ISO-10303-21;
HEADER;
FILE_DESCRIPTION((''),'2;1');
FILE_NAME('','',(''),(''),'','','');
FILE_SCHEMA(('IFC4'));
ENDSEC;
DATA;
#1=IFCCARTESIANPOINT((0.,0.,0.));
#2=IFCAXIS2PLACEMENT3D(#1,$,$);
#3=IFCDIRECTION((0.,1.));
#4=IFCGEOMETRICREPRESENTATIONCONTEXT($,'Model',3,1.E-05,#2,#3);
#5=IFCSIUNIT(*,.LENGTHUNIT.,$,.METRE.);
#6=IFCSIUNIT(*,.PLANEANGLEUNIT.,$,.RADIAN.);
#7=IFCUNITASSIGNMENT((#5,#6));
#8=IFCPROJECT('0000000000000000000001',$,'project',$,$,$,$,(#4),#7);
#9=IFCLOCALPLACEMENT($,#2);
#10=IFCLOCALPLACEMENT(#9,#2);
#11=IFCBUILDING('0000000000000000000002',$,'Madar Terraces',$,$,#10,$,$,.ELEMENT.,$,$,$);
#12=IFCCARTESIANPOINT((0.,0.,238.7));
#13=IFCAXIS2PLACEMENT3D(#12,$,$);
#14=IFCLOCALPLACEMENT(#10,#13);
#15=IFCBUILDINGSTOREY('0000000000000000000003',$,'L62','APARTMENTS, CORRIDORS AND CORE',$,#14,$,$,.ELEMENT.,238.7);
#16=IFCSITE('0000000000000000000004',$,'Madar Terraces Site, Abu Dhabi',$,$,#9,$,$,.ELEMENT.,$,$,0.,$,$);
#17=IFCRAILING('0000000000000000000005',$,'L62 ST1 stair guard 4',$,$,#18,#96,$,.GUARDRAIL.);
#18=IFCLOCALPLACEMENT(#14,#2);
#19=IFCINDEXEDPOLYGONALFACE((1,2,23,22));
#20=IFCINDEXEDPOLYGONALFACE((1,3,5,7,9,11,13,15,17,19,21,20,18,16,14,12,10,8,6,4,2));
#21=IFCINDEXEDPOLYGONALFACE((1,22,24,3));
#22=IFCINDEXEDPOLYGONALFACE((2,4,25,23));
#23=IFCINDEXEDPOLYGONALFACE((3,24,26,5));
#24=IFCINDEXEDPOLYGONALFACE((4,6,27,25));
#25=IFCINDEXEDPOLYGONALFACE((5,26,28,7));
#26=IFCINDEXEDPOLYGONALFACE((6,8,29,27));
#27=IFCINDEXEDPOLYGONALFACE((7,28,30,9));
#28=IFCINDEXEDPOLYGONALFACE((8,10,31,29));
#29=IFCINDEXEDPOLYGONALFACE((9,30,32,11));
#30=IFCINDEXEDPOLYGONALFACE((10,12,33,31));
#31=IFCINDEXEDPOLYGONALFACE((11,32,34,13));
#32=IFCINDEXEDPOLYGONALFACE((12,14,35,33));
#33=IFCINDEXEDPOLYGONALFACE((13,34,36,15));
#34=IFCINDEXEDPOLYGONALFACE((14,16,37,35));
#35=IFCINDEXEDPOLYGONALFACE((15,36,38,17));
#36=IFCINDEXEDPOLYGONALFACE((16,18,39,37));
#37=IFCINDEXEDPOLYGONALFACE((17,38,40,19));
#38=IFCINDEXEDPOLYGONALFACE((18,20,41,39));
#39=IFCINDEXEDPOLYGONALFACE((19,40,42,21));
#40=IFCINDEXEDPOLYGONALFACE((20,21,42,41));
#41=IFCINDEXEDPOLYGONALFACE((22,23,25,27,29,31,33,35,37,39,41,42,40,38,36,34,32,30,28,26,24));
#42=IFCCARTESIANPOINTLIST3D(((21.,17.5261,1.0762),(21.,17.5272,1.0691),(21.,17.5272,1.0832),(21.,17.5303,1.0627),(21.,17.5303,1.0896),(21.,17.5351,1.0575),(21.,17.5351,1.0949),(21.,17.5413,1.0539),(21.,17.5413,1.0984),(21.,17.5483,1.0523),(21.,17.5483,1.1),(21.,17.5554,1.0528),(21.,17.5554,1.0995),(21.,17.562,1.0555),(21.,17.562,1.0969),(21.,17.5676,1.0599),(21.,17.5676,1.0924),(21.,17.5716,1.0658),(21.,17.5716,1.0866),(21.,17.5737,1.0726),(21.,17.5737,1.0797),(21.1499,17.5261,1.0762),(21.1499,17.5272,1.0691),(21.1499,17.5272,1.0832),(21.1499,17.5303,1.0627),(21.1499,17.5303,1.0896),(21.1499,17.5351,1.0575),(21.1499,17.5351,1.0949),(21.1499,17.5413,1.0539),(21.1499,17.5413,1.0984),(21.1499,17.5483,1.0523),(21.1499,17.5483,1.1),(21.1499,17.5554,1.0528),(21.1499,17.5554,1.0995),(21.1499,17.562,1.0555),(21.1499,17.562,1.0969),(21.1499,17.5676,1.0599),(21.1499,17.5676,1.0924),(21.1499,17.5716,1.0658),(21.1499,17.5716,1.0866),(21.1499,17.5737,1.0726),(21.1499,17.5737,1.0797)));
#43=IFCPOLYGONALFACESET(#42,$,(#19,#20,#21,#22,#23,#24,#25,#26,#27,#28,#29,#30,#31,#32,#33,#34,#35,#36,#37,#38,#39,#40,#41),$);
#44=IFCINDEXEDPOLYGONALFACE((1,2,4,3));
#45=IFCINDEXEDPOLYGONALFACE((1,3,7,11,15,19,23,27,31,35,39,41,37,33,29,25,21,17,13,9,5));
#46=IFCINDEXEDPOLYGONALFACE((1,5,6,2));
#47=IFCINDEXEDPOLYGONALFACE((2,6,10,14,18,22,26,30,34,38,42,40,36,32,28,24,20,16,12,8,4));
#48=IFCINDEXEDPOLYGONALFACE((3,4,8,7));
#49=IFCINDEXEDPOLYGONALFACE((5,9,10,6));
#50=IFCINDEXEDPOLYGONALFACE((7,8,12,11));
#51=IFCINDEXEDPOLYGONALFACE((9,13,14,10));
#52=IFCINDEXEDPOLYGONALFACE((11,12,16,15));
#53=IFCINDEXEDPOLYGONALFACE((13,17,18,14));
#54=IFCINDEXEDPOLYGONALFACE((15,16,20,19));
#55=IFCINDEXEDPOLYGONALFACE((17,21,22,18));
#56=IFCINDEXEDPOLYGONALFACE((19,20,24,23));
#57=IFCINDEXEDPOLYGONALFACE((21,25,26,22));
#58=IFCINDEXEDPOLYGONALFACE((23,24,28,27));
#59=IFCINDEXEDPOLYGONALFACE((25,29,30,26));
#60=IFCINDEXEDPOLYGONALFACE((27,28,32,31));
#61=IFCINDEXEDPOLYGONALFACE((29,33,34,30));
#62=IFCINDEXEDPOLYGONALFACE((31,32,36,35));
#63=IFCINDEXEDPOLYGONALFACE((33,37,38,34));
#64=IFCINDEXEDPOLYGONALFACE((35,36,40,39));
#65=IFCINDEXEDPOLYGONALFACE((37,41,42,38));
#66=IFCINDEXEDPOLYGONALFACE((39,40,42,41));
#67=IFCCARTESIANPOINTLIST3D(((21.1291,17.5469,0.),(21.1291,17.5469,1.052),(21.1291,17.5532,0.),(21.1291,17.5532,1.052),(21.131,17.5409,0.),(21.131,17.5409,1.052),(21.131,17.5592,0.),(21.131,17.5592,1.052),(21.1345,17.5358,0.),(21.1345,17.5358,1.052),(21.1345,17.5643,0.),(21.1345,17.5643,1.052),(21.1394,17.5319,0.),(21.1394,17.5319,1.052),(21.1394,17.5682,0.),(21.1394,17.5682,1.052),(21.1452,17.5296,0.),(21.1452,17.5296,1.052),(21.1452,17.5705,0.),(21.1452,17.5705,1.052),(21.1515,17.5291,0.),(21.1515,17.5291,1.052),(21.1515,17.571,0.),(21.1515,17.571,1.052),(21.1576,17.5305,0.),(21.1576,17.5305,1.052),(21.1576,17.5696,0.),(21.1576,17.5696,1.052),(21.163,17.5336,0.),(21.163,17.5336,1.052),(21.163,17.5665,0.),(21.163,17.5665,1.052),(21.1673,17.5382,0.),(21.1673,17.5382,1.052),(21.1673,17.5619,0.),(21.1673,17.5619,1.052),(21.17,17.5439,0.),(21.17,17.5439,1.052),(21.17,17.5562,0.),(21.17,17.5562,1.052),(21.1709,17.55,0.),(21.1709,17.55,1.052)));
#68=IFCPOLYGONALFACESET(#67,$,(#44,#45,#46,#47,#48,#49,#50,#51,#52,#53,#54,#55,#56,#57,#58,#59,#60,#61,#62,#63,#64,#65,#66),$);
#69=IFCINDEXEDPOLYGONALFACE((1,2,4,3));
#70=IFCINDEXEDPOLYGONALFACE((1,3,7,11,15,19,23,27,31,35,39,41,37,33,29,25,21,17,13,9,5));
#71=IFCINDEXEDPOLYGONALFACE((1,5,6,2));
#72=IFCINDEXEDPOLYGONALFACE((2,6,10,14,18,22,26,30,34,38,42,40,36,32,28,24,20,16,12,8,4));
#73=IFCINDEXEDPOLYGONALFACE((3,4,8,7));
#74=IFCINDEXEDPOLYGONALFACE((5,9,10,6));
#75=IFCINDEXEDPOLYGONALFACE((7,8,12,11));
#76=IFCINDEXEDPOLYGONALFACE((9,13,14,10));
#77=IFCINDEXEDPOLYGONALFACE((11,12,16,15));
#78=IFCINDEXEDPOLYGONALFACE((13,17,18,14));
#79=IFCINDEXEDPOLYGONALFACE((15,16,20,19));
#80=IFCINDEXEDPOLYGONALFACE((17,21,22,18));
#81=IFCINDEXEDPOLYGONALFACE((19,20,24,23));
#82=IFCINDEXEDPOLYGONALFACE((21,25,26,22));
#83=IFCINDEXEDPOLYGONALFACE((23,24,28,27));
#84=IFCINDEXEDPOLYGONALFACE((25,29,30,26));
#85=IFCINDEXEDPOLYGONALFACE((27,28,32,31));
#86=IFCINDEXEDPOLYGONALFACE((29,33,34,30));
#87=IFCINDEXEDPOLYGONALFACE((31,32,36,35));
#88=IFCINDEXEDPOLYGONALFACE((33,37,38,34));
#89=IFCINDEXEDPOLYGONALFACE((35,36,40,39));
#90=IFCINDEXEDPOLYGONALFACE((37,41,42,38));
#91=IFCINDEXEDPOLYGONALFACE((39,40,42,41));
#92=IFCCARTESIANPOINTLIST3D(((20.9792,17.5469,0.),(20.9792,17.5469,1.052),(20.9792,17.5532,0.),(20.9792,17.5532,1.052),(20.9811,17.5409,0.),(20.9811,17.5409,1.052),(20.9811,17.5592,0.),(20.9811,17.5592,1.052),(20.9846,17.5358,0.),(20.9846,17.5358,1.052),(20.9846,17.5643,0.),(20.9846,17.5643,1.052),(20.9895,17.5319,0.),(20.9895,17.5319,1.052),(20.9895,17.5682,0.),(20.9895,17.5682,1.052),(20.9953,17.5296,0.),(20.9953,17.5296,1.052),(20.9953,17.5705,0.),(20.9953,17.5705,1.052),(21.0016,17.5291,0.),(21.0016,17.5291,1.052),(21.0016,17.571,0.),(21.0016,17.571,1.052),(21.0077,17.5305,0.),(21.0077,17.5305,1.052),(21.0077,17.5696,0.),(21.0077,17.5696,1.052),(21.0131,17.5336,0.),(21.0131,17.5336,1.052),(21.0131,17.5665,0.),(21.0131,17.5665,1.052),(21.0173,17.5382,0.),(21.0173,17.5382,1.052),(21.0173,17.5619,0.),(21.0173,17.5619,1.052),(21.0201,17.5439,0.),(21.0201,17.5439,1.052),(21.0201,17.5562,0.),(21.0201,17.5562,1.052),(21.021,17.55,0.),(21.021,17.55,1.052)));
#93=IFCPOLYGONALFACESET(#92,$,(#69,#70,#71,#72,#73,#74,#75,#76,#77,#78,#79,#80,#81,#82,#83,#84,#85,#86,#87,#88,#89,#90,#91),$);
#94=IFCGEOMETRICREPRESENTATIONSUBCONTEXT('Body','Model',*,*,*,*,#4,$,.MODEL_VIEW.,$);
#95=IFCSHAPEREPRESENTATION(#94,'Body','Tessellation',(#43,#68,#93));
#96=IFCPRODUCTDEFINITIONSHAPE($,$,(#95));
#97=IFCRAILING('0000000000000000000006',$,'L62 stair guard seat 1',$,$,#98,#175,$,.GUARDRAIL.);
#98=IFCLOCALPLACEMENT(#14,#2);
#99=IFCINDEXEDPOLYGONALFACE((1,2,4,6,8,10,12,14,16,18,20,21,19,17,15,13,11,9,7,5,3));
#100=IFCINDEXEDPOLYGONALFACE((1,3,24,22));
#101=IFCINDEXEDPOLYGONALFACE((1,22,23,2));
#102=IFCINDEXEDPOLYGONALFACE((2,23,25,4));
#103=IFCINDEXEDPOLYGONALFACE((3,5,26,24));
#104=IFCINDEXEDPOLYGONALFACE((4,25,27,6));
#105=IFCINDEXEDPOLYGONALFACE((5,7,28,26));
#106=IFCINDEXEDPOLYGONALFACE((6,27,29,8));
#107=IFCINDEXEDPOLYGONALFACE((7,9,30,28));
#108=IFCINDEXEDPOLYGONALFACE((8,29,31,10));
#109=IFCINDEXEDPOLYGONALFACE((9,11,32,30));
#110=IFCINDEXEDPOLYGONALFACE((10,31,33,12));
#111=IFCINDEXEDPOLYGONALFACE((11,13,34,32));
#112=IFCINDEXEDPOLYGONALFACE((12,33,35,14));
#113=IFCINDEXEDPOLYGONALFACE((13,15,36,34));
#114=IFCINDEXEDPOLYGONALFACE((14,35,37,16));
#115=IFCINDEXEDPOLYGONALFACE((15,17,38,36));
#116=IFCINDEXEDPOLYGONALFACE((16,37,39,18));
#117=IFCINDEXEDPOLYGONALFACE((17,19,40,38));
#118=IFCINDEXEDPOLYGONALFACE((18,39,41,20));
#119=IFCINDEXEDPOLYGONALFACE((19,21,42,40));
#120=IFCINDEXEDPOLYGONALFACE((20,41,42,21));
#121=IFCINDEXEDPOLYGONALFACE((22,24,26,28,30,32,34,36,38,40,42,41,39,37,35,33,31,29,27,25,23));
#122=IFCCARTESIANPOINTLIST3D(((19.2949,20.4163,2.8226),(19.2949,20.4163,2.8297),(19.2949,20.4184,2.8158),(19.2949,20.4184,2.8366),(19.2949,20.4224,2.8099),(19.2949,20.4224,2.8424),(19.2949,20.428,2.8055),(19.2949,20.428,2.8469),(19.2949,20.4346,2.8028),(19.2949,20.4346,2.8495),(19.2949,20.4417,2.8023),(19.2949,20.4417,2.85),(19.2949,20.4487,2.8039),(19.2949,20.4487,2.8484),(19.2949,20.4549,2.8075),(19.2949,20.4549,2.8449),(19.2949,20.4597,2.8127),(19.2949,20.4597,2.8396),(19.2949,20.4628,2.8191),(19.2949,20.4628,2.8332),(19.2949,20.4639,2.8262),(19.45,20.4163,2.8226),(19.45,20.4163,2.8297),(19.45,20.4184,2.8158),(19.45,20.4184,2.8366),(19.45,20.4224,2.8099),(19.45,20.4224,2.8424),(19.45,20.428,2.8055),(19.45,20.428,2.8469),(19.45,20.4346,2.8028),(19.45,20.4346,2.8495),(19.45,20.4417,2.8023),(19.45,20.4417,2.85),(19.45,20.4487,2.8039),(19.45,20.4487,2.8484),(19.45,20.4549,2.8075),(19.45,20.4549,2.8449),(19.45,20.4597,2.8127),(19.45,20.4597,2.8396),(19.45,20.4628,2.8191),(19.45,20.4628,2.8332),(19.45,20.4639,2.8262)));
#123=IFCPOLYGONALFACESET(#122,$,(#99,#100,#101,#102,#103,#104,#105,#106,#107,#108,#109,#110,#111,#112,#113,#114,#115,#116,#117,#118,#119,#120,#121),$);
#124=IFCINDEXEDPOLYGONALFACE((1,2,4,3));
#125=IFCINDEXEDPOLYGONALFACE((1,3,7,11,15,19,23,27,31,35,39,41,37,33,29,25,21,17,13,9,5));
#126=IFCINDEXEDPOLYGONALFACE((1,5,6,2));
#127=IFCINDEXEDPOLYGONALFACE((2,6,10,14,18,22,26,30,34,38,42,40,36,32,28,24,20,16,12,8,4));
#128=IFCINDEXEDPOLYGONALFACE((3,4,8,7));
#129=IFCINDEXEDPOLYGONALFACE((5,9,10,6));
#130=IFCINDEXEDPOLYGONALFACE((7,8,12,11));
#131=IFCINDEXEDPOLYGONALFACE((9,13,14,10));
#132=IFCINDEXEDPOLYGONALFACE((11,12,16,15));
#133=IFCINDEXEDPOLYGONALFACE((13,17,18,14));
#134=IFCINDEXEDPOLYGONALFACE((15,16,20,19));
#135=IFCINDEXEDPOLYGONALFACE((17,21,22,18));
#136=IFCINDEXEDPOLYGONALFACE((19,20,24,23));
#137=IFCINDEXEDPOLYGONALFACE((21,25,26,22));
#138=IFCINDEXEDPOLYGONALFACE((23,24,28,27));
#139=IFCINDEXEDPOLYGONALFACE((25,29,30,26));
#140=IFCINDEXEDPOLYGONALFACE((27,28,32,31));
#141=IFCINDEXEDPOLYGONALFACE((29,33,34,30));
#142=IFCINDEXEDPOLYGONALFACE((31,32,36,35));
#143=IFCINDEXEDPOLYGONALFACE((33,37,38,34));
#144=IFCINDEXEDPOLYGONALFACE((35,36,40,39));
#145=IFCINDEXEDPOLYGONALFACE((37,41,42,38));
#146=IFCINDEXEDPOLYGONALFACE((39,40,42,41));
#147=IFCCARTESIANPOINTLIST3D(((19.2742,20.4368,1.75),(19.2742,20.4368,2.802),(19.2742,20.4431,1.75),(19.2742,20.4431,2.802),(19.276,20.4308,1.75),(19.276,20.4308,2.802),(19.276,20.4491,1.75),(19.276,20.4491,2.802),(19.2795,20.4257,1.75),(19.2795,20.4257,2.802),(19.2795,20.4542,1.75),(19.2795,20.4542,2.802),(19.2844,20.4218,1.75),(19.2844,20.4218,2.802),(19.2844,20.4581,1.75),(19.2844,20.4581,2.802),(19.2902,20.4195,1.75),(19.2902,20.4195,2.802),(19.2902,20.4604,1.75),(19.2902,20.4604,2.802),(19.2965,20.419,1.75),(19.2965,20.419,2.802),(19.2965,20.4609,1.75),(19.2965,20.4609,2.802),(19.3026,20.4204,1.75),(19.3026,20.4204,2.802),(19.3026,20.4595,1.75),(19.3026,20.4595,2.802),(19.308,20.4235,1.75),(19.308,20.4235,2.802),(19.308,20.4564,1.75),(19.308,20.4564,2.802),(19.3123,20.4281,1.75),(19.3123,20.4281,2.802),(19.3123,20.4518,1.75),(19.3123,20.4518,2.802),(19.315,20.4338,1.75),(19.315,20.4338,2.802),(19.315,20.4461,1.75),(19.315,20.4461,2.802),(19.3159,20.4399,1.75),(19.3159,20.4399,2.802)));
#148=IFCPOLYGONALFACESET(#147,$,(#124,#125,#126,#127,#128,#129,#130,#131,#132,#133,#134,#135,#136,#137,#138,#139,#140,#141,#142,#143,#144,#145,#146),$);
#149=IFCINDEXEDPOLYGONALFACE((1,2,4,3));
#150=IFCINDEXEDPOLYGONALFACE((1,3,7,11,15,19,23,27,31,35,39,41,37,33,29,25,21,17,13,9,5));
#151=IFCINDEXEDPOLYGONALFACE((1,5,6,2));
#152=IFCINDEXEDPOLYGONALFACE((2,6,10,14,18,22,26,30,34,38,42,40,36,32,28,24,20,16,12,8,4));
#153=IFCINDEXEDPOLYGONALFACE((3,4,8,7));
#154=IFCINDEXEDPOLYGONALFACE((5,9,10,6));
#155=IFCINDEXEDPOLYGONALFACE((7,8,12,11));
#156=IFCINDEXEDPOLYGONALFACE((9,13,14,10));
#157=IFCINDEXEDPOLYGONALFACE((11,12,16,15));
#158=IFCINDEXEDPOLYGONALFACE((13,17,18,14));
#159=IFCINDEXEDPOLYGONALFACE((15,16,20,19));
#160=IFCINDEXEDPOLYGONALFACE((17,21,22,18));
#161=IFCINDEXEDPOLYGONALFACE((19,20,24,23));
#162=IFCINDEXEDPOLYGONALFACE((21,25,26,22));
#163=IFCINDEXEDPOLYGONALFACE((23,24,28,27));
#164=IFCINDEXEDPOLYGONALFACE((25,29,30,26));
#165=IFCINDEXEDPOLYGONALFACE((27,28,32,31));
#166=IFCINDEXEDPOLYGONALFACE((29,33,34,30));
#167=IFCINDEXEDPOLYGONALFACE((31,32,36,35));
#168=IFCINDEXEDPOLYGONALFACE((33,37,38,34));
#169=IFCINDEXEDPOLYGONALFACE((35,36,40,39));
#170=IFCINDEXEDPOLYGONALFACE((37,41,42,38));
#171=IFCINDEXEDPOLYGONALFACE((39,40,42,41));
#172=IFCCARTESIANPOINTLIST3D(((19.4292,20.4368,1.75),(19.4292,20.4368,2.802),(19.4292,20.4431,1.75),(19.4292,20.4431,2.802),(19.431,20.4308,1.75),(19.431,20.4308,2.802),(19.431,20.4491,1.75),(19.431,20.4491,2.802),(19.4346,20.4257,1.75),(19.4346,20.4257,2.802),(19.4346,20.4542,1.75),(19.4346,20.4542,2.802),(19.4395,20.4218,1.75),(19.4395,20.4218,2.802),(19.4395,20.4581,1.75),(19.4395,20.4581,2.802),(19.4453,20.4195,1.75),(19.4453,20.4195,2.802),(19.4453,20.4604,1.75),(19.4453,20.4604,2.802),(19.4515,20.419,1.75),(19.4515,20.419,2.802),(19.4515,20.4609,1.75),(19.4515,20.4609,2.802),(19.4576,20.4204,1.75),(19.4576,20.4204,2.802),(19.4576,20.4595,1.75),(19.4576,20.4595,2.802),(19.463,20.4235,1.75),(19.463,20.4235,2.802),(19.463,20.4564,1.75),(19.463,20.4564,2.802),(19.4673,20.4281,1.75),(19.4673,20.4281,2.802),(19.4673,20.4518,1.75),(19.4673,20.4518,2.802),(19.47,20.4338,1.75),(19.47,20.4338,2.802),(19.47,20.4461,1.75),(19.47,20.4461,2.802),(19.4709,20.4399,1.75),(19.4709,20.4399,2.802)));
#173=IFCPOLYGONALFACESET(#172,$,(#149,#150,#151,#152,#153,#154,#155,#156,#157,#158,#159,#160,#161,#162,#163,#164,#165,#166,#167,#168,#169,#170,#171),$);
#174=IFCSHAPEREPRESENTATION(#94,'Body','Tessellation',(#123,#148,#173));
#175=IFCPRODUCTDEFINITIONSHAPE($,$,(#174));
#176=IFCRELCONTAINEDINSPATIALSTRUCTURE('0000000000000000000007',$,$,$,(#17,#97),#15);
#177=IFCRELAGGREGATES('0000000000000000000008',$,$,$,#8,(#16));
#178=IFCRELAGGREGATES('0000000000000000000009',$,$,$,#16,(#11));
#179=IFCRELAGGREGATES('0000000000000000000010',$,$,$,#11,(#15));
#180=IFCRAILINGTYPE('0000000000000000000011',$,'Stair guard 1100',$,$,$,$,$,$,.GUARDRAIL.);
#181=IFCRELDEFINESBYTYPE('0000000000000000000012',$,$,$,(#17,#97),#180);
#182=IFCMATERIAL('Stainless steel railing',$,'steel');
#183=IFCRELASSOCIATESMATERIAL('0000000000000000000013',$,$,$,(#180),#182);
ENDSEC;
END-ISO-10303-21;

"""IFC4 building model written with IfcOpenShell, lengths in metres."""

from ifc_helpers import new_model, si_unit, direction, frame, origin, origin_2d, place, context, subcontext, project, spatial, circle, extrude, material, type_object, element, save


model = new_model("IFC4")

# Units and contexts
model_context = context("Model", 3, precision=1e-05, world=origin(), true_north=direction((0.0, 1.0)))
body_context = subcontext(model_context, "Body", "Model", "MODEL_VIEW")
ifc_project = project(units=[si_unit("LENGTHUNIT", "METRE"), si_unit("PLANEANGLEUNIT", "RADIAN")], contexts=[model_context])

# Site, building, storey
site_placement = place(None, origin())
site = spatial("IfcSite", under=ifc_project, at=site_placement, Name="Madar Terraces Site, Abu Dhabi", CompositionType="ELEMENT", RefElevation=0.0)
building_placement = place(site_placement, origin())
building = spatial("IfcBuilding", under=site, at=building_placement, Name="Madar Terraces", CompositionType="ELEMENT")
storey_placement = place(building_placement, frame((0.0, 0.0, 238.7)))
storey = spatial("IfcBuildingStorey", under=building, at=storey_placement, Name="L62", Description="APARTMENTS, CORRIDORS AND CORE", CompositionType="ELEMENT", Elevation=238.7)

# Railings
ifc_material_1 = material(Name="Stainless steel railing", Category="steel")
railing_type_1 = type_object("IfcRailingType", Name="Stair guard 1100", PredefinedType="GUARDRAIL", material=ifc_material_1)
railing_1_placement = place(storey_placement, frame((21.1499, 17.55, 0.0)))
element("IfcRailing", 1, at=railing_1_placement, inside=storey, type_object=railing_type_1, Name="L62 ST1 stair guard 4", PredefinedType="GUARDRAIL", context=body_context, shape_type="SweptSolid", body=[
    extrude(circle(Radius=0.0239, at=origin_2d()), frame((0.0, 0.0, 1.0762), z_axis=(-1.0, 0.0, 0.0), x_axis=(0.0, -1.0, 0.0)), (0.0, 0.0, 1.0), 0.1499),
    extrude(circle(Radius=0.021, at=origin_2d()), origin(), (0.0, 0.0, 1.0), 1.052),
    extrude(circle(Radius=0.021, at=origin_2d()), frame((-0.1499, 0.0, 0.0)), (0.0, 0.0, 1.0), 1.052),
])
for number, where, name in (
    (2, (19.2949, 20.4399, 1.75), "L62 stair guard seat 1"),
):
    element("IfcRailing", number, at=place(storey_placement, frame(where)), inside=storey, type_object=railing_type_1, Name=name, PredefinedType="GUARDRAIL", context=body_context, shape_type="SweptSolid", body=[
        extrude(circle(Radius=0.0239, at=origin_2d()), frame((0.0, 0.0, 1.0762), z_axis=(1.0, 0.0, 0.0), x_axis=(0.0, 1.0, 0.0)), (0.0, 0.0, 1.0), 0.155),
        extrude(circle(Radius=0.021, at=origin_2d()), origin(), (0.0, 0.0, 1.0), 1.052),
        extrude(circle(Radius=0.021, at=origin_2d()), frame((0.155, 0.0, 0.0)), (0.0, 0.0, 1.0), 1.052),
    ])

save(model, "model.ifc")
